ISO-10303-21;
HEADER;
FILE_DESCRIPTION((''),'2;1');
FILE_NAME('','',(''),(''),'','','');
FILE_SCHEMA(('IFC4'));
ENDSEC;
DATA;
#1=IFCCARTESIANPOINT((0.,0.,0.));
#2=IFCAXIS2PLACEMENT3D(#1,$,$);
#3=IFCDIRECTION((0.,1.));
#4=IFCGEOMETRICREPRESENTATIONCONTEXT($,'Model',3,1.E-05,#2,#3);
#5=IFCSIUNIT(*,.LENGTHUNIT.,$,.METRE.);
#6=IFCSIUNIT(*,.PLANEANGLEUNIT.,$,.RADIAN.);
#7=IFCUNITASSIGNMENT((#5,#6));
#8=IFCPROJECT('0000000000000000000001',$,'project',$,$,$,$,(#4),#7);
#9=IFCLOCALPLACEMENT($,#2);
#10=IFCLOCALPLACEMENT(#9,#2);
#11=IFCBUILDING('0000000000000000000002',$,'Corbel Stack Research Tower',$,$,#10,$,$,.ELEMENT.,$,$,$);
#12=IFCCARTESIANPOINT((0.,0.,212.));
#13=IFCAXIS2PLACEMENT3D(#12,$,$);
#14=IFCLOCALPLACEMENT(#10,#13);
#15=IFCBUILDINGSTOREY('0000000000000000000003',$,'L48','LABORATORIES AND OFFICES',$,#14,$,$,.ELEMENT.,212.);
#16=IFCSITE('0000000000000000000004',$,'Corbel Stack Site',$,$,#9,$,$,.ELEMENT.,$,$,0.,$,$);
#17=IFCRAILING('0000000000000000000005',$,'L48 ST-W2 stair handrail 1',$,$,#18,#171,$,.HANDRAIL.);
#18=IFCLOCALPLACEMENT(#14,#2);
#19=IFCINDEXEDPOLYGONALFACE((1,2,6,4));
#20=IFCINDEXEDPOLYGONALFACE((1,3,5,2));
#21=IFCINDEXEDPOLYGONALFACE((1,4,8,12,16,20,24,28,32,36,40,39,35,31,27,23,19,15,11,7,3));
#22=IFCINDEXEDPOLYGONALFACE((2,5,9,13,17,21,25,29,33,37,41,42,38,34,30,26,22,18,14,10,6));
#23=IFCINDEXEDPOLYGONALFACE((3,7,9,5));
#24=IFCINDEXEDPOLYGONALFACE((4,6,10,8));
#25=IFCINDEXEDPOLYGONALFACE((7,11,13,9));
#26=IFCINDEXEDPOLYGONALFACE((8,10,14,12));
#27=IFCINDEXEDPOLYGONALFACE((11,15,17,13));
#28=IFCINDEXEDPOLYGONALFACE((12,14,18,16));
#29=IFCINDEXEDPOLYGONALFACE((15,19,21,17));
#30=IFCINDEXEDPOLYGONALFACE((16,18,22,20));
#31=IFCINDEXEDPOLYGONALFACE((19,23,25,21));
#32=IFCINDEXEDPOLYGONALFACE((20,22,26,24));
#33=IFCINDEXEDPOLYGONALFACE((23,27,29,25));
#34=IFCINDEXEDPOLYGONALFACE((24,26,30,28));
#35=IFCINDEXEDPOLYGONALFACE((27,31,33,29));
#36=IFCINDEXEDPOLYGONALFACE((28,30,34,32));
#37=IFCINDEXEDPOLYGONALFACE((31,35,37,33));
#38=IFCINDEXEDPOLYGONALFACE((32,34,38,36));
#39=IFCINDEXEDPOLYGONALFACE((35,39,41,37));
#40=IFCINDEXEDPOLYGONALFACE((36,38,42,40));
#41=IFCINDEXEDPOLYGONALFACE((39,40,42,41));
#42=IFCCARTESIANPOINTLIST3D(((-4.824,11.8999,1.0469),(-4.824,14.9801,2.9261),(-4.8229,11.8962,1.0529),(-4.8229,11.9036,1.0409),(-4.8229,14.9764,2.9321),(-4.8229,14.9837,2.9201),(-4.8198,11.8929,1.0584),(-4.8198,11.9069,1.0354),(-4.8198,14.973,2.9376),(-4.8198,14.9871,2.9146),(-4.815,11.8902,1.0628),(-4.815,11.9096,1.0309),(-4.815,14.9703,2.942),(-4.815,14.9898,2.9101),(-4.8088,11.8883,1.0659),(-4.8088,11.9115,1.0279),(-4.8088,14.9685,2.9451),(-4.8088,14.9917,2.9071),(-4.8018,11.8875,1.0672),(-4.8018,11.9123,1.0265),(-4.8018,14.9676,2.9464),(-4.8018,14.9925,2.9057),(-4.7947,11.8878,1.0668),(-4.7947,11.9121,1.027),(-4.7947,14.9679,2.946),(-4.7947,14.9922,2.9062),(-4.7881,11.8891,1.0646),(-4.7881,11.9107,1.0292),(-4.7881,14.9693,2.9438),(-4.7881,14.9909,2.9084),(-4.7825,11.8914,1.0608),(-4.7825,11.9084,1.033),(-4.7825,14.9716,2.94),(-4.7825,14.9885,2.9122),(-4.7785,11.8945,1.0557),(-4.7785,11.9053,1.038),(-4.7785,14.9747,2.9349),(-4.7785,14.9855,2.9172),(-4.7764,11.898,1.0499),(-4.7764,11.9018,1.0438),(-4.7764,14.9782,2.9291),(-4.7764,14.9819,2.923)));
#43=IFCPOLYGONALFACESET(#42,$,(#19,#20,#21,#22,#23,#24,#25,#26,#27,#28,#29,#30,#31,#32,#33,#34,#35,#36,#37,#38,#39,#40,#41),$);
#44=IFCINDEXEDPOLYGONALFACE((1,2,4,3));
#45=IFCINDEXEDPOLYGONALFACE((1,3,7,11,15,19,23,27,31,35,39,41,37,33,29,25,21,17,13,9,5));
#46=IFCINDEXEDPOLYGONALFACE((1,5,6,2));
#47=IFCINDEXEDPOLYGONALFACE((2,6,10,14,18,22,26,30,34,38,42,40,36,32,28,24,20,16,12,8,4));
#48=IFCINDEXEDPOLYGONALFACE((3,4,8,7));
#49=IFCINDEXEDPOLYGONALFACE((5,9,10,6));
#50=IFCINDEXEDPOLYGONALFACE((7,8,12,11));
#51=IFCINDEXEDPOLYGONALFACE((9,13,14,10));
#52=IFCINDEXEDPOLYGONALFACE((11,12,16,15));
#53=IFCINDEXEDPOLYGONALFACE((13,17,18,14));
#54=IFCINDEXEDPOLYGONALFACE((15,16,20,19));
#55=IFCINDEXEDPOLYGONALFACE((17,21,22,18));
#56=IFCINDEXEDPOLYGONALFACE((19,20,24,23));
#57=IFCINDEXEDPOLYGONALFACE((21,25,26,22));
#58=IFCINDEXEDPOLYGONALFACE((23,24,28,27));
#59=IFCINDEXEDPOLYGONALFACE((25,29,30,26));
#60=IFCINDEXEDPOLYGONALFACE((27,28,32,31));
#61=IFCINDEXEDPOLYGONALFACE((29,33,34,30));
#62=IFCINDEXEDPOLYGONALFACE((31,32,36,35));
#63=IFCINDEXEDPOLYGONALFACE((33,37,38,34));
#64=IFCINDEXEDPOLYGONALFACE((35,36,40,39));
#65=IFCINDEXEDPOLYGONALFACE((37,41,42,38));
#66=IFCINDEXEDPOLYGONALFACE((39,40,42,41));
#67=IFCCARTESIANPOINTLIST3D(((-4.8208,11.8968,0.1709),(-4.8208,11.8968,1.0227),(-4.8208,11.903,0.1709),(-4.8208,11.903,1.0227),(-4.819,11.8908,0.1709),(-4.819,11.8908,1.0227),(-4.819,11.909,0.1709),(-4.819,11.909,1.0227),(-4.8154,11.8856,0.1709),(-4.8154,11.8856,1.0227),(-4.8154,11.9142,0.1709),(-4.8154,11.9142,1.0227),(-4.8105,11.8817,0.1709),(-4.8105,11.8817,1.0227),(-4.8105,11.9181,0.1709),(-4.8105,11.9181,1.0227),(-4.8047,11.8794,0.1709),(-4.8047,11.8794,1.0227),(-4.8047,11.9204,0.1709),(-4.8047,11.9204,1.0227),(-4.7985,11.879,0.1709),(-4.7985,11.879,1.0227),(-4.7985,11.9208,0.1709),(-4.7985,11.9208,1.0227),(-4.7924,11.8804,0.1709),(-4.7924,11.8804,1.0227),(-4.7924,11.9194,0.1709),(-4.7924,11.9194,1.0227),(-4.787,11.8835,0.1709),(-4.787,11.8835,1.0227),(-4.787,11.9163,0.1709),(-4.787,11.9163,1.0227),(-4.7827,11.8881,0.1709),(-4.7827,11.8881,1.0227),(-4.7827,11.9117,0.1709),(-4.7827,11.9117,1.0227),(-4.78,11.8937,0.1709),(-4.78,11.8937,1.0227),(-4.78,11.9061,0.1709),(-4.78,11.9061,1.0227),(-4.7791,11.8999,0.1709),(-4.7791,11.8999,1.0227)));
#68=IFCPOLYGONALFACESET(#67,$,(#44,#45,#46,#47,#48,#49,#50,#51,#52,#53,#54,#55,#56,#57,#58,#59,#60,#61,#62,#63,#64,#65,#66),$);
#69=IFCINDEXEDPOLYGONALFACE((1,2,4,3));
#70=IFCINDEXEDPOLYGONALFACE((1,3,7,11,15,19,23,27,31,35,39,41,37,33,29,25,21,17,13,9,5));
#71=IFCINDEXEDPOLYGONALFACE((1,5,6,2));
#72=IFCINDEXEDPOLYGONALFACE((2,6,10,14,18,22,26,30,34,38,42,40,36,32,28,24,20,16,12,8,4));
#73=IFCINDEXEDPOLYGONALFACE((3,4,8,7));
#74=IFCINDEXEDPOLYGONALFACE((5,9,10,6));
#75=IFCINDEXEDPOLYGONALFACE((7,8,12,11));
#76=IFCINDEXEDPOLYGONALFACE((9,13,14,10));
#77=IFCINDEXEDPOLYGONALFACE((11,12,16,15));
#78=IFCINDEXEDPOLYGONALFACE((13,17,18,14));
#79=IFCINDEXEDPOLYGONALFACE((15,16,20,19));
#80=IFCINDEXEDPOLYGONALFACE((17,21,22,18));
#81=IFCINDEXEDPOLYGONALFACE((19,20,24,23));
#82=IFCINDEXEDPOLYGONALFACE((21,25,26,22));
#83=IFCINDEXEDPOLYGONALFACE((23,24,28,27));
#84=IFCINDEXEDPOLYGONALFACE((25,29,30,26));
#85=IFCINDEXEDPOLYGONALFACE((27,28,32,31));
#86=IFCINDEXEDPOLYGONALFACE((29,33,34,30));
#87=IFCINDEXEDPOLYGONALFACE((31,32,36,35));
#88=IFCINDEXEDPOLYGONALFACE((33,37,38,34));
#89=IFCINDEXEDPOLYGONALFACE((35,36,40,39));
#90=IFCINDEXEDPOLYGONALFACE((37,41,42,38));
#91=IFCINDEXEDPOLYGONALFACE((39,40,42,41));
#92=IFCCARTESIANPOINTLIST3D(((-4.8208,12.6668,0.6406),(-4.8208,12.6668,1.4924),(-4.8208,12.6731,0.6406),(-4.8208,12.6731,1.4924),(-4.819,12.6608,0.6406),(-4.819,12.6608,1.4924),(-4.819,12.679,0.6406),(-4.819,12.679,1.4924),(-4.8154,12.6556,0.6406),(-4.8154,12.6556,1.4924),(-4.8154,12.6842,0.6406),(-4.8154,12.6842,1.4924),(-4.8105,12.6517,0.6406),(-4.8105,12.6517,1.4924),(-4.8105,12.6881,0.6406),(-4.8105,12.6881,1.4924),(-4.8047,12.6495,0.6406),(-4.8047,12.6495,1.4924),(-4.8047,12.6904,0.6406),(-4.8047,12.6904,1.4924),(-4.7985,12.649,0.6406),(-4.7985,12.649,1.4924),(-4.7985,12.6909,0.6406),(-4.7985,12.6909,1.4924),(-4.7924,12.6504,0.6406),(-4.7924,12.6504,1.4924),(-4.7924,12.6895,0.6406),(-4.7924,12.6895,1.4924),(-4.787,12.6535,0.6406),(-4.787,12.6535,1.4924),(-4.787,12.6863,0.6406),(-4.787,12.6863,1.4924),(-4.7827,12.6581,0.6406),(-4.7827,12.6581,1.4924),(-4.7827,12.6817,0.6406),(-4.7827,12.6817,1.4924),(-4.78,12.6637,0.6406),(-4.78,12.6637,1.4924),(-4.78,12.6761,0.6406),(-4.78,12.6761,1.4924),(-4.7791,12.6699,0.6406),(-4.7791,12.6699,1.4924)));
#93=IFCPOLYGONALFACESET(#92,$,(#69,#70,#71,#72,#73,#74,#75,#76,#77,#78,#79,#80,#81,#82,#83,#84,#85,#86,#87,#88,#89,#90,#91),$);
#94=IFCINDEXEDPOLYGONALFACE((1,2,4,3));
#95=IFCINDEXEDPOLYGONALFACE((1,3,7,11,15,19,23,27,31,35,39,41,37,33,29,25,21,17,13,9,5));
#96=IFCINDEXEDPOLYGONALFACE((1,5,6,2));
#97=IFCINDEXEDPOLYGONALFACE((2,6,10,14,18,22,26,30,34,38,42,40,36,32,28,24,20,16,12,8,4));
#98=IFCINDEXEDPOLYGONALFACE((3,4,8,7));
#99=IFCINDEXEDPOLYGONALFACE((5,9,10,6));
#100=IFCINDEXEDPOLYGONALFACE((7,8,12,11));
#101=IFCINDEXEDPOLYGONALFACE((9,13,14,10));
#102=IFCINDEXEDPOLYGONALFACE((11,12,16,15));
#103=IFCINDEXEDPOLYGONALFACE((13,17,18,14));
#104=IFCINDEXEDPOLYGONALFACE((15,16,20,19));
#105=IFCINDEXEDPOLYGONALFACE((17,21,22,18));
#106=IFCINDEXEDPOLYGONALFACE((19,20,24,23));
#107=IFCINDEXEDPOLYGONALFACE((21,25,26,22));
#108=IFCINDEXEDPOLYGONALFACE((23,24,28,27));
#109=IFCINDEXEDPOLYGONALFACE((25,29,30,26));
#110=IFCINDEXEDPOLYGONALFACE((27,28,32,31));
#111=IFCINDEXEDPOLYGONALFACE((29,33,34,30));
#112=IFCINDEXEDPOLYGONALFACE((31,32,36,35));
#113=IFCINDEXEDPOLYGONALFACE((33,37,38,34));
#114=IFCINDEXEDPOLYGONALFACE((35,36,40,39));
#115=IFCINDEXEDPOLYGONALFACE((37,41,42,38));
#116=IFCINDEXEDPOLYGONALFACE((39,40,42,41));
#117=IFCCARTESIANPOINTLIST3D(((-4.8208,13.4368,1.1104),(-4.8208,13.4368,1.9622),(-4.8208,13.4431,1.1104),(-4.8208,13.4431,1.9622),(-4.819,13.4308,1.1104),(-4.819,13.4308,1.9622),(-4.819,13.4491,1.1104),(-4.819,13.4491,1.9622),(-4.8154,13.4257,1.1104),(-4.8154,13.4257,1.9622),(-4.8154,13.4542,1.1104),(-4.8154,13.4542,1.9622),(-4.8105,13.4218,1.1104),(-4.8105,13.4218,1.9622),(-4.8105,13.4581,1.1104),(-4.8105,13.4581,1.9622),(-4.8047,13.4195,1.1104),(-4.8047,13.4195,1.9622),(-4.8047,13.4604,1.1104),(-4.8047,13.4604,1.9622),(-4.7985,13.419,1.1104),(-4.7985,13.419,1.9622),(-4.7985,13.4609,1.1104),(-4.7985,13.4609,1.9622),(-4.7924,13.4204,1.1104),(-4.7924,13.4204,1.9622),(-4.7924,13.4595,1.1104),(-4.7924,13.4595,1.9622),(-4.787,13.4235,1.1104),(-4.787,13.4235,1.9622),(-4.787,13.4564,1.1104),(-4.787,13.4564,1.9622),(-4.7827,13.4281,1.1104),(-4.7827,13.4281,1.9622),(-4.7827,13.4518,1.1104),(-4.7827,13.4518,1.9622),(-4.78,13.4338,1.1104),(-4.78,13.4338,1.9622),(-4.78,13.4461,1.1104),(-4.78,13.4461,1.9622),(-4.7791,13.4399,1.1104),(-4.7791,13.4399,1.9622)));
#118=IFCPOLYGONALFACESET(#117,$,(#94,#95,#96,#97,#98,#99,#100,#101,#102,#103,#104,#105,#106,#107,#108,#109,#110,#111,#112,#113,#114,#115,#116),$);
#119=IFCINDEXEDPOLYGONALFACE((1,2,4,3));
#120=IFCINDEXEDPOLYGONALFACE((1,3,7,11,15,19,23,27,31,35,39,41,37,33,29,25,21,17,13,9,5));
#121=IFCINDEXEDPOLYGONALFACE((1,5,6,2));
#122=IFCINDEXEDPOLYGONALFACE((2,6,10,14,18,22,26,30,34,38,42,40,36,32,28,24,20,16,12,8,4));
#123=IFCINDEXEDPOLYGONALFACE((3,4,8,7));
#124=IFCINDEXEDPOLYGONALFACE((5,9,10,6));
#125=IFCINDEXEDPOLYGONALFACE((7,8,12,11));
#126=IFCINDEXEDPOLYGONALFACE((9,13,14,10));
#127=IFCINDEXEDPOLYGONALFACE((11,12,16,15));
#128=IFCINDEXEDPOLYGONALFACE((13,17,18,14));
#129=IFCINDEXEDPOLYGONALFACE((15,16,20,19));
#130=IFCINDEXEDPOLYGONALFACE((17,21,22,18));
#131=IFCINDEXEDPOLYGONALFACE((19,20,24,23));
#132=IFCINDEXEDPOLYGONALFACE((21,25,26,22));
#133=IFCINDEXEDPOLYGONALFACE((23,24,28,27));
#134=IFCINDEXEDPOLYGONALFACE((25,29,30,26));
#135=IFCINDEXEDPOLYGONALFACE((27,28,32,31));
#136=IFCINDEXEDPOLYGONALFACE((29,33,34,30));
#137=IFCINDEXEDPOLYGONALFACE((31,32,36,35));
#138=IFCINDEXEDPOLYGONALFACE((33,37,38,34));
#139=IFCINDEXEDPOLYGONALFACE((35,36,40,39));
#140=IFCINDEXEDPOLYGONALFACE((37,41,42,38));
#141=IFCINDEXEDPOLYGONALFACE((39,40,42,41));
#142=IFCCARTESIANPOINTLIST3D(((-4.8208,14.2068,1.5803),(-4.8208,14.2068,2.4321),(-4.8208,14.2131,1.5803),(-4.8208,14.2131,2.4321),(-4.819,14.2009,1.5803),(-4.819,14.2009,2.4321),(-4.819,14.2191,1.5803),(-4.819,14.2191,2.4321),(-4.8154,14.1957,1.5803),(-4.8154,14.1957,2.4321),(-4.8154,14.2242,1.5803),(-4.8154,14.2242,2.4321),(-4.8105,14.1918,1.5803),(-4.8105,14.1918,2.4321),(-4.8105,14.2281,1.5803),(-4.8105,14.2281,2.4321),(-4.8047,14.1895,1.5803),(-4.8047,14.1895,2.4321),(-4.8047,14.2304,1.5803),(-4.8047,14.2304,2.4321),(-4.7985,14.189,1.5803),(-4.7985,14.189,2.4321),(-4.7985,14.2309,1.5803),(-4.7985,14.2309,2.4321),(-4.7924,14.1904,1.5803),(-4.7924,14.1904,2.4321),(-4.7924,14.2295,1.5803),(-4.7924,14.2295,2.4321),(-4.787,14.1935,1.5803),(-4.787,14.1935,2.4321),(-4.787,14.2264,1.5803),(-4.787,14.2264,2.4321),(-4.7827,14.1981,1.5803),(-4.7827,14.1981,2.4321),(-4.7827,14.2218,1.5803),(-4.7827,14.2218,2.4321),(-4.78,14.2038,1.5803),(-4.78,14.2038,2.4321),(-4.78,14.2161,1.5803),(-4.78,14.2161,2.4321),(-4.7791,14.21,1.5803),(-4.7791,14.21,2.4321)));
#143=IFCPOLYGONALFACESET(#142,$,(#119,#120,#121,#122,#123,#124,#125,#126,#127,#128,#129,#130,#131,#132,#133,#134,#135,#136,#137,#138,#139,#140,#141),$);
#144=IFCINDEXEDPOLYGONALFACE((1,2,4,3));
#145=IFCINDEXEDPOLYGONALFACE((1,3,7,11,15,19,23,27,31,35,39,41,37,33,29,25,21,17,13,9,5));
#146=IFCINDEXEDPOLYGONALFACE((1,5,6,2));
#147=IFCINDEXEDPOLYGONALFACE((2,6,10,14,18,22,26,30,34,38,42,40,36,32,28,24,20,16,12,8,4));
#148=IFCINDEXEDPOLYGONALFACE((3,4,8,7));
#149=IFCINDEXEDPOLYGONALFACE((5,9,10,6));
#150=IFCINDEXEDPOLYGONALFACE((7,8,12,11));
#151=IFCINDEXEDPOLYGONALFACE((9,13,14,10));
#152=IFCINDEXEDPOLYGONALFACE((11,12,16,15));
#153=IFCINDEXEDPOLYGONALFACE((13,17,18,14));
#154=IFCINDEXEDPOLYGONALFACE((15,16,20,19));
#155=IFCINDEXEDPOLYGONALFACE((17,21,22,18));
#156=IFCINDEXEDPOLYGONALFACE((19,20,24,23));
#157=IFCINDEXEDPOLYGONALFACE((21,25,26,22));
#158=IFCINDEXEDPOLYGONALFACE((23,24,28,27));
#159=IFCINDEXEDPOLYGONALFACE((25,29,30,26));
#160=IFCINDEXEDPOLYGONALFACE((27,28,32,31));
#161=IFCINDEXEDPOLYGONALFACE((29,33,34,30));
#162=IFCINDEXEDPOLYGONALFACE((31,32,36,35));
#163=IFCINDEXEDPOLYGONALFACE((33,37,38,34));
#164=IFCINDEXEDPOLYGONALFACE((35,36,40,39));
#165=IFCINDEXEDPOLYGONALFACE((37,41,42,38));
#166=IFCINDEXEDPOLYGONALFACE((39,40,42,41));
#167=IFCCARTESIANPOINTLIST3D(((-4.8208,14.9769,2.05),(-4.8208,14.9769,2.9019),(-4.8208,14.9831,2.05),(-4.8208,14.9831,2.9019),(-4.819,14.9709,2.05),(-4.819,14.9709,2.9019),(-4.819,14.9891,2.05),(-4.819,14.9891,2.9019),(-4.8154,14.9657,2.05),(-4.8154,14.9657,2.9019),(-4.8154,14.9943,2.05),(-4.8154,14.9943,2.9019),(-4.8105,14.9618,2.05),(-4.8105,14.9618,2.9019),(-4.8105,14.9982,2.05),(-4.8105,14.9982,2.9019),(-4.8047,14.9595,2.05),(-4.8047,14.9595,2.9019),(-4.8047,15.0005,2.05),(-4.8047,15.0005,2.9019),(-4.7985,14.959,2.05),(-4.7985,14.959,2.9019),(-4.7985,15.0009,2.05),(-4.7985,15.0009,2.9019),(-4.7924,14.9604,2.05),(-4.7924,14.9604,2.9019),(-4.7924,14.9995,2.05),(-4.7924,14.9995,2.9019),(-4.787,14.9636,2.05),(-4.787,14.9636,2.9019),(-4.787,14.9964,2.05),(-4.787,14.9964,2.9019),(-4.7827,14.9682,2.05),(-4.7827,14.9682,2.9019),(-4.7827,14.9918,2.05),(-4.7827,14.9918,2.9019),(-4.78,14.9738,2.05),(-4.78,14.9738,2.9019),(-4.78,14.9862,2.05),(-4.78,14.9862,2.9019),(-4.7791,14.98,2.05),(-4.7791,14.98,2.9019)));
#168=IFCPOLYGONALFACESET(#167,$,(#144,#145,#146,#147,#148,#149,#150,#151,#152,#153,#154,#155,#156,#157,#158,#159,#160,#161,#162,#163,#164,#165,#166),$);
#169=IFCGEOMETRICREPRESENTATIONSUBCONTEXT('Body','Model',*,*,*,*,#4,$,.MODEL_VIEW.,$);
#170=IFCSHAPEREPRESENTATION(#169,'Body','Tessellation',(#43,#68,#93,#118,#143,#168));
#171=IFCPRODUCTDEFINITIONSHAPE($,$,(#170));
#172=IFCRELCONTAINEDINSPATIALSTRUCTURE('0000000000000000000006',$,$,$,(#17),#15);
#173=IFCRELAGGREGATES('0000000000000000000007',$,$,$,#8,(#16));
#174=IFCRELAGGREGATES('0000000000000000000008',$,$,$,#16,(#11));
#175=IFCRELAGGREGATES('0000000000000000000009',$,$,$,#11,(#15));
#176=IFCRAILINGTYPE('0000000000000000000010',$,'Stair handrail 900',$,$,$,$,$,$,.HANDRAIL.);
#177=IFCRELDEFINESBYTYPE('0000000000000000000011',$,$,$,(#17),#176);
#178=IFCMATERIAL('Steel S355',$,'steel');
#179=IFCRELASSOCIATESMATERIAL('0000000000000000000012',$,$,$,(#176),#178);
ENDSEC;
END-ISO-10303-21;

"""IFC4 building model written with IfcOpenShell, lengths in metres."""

from ifc_helpers import new_model, si_unit, direction, frame, origin, origin_2d, place, context, subcontext, project, spatial, circle, extrude, material, type_object, element, save


model = new_model("IFC4")

# Units and contexts
model_context = context("Model", 3, precision=1e-05, world=origin(), true_north=direction((0.0, 1.0)))
body_context = subcontext(model_context, "Body", "Model", "MODEL_VIEW")
ifc_project = project(units=[si_unit("LENGTHUNIT", "METRE"), si_unit("PLANEANGLEUNIT", "RADIAN")], contexts=[model_context])

# Site, building, storey
site_placement = place(None, origin())
site = spatial("IfcSite", under=ifc_project, at=site_placement, Name="Corbel Stack Site", CompositionType="ELEMENT", RefElevation=0.0)
building_placement = place(site_placement, origin())
building = spatial("IfcBuilding", under=site, at=building_placement, Name="Corbel Stack Research Tower", CompositionType="ELEMENT")
storey_placement = place(building_placement, frame((0.0, 0.0, 212.0)))
storey = spatial("IfcBuildingStorey", under=building, at=storey_placement, Name="L48", Description="LABORATORIES AND OFFICES", CompositionType="ELEMENT", Elevation=212.0)

# Railing
ifc_material_1 = material(Name="Steel S355", Category="steel")
railing_type_1 = type_object("IfcRailingType", Name="Stair handrail 900", PredefinedType="HANDRAIL", material=ifc_material_1)
railing_1_placement = place(storey_placement, frame((-4.8, 11.8999, 0.1709)))
element("IfcRailing", 1, at=railing_1_placement, inside=storey, type_object=railing_type_1, Name="L48 ST-W2 stair handrail 1", PredefinedType="HANDRAIL", context=body_context, shape_type="SweptSolid", body=[
    extrude(circle(Radius=0.0239, at=origin_2d()), frame((0.0, 0.0, 0.876), z_axis=(0.0, 0.853666, 0.52082), x_axis=(-1.0, 0.0, 0.0)), (0.0, 0.0, 1.0), 3.6082),
    extrude(circle(Radius=0.021, at=origin_2d()), origin(), (0.0, 0.0, 1.0), 0.8518),
    extrude(circle(Radius=0.021, at=origin_2d()), frame((0.0, 0.77, 0.4697)), (0.0, 0.0, 1.0), 0.8518),
    extrude(circle(Radius=0.021, at=origin_2d()), frame((0.0, 1.54, 0.9395)), (0.0, 0.0, 1.0), 0.8518),
    extrude(circle(Radius=0.021, at=origin_2d()), frame((0.0, 2.3101, 1.4094)), (0.0, 0.0, 1.0), 0.8518),
    extrude(circle(Radius=0.021, at=origin_2d()), frame((0.0, 3.0801, 1.8792)), (0.0, 0.0, 1.0), 0.8518),
])

save(model, "model.ifc")
